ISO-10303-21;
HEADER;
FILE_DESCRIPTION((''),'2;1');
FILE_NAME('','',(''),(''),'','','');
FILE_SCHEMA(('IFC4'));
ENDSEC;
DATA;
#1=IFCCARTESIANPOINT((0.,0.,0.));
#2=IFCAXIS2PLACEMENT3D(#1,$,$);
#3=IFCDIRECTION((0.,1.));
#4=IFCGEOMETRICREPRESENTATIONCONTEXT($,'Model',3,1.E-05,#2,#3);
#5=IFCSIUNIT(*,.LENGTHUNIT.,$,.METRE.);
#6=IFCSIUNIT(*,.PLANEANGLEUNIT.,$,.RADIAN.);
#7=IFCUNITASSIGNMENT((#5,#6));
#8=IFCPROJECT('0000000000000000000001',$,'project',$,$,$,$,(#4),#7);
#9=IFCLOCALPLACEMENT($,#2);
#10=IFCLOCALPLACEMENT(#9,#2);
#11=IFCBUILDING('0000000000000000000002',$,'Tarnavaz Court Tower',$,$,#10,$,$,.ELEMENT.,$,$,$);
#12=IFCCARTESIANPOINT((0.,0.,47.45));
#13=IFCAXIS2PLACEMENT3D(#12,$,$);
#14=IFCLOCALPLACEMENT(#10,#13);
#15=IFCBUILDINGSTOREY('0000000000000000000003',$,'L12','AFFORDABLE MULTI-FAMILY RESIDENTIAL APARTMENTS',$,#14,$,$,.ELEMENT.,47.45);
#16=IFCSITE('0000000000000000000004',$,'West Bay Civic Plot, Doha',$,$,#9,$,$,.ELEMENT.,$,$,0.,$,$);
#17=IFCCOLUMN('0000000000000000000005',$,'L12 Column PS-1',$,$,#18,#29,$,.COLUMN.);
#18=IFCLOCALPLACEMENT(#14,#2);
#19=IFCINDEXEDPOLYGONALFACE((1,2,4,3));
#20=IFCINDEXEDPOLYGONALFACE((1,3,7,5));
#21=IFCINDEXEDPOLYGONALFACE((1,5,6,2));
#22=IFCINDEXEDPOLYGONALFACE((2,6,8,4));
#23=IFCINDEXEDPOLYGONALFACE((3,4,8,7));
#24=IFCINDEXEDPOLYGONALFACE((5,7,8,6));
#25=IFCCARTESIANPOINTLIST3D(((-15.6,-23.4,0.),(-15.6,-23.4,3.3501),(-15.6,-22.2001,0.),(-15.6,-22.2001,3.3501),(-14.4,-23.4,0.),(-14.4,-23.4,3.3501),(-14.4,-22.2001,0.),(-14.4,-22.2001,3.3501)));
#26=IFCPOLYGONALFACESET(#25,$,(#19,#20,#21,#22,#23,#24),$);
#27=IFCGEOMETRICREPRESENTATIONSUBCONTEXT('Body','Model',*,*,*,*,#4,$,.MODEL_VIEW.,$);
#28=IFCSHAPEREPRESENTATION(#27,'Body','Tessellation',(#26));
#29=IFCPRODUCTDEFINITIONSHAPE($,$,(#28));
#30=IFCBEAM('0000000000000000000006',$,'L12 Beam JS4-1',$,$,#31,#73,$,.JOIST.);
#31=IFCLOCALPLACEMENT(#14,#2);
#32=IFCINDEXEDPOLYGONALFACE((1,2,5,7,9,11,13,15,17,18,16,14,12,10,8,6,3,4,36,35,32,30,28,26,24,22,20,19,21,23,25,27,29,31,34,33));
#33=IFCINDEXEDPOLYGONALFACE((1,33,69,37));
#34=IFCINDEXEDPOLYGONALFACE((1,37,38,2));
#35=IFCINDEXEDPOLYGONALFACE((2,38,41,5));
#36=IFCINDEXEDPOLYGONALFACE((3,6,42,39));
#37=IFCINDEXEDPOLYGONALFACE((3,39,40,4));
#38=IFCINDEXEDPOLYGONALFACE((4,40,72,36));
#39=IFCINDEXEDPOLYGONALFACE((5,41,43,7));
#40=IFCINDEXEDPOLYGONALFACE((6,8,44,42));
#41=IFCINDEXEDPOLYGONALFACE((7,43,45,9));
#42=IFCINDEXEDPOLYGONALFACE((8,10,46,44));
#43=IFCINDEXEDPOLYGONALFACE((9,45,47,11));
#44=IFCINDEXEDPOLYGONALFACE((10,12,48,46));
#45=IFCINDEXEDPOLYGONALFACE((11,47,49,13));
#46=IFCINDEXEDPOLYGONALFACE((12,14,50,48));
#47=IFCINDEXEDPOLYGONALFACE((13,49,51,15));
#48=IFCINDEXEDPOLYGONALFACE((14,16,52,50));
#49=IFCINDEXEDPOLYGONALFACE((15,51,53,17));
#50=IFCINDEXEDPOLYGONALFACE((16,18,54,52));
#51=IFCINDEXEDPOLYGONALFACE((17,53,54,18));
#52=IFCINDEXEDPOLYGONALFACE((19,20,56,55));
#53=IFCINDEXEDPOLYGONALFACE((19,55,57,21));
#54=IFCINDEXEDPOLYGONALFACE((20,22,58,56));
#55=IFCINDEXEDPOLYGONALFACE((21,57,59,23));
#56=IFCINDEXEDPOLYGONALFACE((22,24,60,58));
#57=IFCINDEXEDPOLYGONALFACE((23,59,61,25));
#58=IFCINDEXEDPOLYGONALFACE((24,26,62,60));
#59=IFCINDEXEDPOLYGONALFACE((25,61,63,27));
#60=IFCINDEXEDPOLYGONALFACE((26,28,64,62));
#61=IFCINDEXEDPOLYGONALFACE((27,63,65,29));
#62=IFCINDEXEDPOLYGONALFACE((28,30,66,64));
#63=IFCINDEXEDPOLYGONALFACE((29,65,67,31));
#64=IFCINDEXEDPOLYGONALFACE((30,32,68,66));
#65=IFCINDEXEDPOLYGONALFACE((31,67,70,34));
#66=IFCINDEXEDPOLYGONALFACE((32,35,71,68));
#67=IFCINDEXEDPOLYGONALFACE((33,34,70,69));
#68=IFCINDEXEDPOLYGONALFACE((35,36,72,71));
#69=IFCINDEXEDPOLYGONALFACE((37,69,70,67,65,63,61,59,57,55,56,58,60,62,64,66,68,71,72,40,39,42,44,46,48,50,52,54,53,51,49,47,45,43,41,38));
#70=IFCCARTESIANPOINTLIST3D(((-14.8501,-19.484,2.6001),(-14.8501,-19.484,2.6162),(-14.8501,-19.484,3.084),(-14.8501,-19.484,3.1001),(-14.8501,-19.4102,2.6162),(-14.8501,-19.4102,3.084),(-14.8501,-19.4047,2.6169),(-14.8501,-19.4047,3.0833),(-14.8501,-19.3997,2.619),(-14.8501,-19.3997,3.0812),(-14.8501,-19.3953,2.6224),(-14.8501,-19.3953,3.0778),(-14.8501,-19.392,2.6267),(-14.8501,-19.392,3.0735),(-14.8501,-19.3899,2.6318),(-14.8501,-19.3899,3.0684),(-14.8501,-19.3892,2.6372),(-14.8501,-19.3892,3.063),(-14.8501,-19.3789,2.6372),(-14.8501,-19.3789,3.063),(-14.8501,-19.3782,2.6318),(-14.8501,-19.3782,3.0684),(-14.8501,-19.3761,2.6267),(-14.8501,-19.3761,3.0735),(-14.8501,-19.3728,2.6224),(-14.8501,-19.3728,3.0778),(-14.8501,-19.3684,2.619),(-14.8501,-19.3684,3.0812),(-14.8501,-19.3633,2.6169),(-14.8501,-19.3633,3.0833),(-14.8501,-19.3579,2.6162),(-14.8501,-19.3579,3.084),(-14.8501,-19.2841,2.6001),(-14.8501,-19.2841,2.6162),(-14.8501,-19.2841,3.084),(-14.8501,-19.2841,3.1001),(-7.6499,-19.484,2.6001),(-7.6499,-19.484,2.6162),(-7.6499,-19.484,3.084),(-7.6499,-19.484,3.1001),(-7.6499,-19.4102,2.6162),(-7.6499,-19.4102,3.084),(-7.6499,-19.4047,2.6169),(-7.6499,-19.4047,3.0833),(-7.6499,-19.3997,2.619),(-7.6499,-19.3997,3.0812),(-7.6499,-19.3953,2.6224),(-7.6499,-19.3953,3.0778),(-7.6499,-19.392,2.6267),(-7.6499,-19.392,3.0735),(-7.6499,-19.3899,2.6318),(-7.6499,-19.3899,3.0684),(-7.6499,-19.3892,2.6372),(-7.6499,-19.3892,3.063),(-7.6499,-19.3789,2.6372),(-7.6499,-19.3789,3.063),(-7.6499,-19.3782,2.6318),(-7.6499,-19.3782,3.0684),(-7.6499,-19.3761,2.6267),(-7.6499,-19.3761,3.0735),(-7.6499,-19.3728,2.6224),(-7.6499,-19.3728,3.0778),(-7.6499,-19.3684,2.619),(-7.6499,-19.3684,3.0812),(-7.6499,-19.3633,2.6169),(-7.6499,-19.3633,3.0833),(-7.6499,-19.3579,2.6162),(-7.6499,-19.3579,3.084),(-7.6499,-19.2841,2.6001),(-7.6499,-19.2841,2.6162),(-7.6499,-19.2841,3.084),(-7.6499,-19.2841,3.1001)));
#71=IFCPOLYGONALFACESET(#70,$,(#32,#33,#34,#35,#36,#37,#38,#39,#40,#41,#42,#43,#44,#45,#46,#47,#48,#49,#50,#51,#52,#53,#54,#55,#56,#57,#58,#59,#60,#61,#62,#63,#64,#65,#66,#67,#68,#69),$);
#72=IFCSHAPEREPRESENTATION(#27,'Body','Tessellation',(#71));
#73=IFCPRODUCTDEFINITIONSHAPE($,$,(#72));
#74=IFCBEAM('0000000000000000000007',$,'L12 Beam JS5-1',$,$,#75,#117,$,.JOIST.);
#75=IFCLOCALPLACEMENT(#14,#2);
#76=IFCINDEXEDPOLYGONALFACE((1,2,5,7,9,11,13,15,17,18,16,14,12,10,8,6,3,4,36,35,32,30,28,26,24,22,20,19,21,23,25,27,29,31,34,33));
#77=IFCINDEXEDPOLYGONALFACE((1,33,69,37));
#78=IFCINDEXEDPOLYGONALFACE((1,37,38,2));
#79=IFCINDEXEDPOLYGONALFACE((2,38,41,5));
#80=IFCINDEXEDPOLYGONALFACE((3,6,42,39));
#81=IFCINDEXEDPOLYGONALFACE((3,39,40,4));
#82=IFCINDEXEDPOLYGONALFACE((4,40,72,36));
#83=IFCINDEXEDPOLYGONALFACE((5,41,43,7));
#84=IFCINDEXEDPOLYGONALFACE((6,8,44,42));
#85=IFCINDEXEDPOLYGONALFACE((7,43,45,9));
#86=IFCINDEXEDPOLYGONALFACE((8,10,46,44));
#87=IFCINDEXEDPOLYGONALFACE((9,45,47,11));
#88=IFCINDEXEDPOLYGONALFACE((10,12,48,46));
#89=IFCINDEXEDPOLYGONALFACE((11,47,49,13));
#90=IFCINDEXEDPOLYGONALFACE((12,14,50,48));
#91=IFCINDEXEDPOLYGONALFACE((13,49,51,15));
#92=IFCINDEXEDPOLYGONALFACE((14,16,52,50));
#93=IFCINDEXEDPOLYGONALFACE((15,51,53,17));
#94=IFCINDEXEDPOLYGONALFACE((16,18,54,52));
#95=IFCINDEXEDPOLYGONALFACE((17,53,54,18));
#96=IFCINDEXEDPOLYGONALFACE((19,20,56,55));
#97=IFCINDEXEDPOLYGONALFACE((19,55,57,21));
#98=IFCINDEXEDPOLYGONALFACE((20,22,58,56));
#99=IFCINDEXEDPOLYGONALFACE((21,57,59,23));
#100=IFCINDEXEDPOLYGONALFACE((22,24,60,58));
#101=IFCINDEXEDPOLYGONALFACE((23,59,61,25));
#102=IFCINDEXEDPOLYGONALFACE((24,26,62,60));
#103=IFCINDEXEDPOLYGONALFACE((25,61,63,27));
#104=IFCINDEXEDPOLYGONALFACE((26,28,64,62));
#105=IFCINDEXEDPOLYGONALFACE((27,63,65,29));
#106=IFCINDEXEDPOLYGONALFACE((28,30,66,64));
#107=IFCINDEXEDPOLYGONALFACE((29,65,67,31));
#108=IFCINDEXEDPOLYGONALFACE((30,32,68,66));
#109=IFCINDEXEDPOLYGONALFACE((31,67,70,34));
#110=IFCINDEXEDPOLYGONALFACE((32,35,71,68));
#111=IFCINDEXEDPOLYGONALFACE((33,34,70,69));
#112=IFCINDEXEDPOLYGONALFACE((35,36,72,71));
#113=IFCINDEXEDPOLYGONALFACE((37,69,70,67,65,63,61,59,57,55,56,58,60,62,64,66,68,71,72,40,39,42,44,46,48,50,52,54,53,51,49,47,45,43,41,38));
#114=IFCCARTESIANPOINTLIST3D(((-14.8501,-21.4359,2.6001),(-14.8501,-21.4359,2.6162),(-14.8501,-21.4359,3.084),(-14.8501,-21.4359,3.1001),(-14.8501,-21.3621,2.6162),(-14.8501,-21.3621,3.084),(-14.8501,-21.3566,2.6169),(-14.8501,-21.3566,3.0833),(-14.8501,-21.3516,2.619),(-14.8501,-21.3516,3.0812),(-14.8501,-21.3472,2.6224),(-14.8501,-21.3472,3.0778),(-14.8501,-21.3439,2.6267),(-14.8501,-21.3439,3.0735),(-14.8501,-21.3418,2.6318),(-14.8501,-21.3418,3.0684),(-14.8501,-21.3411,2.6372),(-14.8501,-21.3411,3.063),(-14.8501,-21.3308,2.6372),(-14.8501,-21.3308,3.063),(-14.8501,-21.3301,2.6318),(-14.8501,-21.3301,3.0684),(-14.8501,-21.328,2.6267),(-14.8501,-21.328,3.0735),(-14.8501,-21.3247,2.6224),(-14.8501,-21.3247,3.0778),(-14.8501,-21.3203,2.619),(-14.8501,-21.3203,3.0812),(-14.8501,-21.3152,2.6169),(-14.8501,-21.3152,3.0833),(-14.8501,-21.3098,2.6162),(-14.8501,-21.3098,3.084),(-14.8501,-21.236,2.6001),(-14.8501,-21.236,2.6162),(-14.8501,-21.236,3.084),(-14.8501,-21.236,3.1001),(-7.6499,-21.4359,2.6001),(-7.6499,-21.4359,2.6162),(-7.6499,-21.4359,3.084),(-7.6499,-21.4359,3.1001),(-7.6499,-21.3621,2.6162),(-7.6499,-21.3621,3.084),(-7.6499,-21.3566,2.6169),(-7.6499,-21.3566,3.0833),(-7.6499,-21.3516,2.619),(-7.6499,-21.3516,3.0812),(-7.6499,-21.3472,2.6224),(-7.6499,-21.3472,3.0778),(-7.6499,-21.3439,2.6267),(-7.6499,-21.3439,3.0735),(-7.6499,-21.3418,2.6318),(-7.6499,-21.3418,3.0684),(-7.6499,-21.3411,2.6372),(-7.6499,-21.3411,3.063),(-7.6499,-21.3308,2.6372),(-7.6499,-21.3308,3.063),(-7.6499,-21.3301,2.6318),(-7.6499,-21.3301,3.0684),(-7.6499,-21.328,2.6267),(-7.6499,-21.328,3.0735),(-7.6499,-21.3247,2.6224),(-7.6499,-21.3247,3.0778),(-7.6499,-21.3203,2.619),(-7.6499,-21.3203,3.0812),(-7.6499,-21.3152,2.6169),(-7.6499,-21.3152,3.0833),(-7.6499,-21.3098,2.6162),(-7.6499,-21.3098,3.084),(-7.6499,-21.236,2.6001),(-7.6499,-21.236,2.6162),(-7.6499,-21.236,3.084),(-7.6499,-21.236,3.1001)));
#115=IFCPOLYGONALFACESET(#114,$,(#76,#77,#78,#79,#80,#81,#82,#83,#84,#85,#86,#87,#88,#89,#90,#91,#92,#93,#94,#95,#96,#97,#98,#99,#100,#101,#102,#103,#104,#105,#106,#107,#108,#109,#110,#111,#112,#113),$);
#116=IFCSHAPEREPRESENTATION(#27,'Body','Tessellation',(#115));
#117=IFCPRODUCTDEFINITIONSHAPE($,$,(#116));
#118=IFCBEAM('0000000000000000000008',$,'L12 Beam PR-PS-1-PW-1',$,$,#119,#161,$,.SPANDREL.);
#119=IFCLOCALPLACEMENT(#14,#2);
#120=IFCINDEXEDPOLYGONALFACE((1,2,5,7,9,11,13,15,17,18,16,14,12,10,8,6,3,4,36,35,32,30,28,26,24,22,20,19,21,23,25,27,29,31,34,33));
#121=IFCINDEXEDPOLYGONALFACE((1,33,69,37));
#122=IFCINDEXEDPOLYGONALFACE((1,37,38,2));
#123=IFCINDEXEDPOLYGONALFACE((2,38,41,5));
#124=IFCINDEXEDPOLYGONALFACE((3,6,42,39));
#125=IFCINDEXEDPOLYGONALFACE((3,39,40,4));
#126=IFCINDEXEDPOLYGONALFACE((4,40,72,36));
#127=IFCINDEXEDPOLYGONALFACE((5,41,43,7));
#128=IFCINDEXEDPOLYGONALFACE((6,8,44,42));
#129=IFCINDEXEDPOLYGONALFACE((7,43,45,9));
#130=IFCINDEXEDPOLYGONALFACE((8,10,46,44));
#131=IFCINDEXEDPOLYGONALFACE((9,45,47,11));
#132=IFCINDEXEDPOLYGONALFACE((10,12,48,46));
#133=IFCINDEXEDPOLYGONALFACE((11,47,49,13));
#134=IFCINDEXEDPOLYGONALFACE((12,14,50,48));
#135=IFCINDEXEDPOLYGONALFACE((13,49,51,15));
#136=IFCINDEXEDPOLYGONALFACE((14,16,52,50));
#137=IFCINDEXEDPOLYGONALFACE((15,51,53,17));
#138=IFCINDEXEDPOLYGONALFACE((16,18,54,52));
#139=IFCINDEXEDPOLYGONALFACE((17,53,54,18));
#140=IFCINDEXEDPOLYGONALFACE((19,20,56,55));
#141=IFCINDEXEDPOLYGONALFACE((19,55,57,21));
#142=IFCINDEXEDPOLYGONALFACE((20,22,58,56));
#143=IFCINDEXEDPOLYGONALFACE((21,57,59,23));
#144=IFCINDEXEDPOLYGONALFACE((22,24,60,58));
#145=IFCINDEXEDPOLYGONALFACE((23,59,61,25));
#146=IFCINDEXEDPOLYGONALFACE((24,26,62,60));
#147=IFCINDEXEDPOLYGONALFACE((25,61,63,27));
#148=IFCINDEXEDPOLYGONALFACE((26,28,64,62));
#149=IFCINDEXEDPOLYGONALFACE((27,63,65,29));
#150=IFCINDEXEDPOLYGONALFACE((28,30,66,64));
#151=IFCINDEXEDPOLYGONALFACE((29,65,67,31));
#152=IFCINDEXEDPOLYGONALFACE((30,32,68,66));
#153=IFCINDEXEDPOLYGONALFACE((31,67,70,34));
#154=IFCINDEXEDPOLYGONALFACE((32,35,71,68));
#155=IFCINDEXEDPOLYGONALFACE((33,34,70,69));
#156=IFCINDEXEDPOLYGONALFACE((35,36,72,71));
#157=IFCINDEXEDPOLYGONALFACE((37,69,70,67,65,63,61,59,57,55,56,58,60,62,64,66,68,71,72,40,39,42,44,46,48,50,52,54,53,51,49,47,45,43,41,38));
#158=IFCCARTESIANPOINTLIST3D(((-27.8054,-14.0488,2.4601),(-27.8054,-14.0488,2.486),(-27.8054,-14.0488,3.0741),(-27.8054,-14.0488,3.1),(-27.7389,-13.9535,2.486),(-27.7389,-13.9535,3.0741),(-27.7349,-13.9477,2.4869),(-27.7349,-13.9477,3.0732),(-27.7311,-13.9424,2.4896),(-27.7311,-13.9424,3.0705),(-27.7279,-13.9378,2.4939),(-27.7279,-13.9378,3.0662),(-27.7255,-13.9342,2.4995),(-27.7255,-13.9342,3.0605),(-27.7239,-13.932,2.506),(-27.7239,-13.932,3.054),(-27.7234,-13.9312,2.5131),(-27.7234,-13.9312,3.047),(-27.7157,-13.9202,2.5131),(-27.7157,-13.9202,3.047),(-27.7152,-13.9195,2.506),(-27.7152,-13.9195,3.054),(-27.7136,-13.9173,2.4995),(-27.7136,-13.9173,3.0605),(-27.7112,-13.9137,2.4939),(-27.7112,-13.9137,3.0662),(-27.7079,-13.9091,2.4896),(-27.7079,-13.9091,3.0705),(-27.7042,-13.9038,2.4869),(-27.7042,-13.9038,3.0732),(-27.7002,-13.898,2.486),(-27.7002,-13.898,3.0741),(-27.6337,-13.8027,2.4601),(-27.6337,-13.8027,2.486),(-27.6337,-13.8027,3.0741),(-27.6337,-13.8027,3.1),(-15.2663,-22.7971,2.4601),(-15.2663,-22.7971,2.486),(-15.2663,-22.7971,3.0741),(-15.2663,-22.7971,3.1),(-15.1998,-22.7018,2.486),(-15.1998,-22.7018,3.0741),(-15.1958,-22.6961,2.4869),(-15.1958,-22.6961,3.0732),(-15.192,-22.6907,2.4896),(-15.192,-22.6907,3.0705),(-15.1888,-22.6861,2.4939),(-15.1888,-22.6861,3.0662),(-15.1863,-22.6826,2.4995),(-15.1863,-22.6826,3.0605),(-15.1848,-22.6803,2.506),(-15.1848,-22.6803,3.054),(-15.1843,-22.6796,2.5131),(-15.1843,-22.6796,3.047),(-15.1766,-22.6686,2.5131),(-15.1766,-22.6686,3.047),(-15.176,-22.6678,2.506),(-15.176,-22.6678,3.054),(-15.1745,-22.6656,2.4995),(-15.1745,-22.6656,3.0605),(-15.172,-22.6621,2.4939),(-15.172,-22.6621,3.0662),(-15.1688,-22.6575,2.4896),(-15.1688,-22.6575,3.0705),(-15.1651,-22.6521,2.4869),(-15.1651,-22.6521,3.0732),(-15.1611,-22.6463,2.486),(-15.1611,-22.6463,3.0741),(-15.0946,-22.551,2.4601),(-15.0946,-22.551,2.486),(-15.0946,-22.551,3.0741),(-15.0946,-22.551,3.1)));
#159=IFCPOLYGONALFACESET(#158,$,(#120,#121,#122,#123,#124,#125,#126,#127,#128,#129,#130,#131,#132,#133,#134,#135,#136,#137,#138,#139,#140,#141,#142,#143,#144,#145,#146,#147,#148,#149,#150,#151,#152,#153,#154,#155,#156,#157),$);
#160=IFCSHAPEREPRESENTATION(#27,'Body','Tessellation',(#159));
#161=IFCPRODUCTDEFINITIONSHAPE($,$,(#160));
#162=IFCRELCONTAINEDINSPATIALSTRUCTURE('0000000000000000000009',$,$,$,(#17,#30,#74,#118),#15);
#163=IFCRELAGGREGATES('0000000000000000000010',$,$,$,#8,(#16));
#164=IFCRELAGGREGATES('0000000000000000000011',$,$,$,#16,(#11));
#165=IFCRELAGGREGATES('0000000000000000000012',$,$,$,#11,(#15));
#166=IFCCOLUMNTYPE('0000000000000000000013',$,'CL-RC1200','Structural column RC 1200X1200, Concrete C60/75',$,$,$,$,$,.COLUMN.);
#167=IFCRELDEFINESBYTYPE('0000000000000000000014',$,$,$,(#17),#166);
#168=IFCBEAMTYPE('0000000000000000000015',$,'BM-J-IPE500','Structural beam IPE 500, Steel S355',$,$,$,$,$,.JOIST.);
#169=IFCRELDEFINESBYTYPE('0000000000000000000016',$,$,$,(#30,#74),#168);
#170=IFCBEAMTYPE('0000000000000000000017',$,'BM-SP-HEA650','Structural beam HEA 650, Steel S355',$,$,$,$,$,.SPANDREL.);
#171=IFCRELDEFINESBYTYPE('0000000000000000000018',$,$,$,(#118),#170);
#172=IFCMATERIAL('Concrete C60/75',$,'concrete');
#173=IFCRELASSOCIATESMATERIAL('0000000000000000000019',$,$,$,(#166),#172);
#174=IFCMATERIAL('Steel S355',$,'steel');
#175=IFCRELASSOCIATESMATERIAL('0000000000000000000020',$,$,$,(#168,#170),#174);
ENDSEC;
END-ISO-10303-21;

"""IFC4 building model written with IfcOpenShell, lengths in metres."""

from ifc_helpers import new_model, si_unit, direction, frame, origin, origin_2d, place, context, subcontext, project, spatial, rectangle, i_section, extrude, material, material_profile, profile_set, type_object, element, save


model = new_model("IFC4")

# Units and contexts
model_context = context("Model", 3, precision=1e-05, world=origin(), true_north=direction((0.0, 1.0)))
body_context = subcontext(model_context, "Body", "Model", "MODEL_VIEW")
ifc_project = project(units=[si_unit("LENGTHUNIT", "METRE"), si_unit("PLANEANGLEUNIT", "RADIAN")], contexts=[model_context])

# Site, building, storey
site_placement = place(None, origin())
site = spatial("IfcSite", under=ifc_project, at=site_placement, Name="West Bay Civic Plot, Doha", CompositionType="ELEMENT", RefElevation=0.0)
building_placement = place(site_placement, origin())
building = spatial("IfcBuilding", under=site, at=building_placement, Name="Tarnavaz Court Tower", CompositionType="ELEMENT")
storey_placement = place(building_placement, frame((0.0, 0.0, 47.45)))
storey = spatial("IfcBuildingStorey", under=building, at=storey_placement, Name="L12", Description="AFFORDABLE MULTI-FAMILY RESIDENTIAL APARTMENTS", CompositionType="ELEMENT", Elevation=47.45)

# Column
ifc_material_1 = material(Name="Concrete C60/75", Category="concrete")
ifc_material_profile_1 = material_profile(ifc_material_1, rectangle(XDim=1.2, YDim=1.2, at=origin_2d()), Name="RC 1200X1200")
ifc_profile_set_1 = profile_set([ifc_material_profile_1], Name="Concrete C60/75")
column_type = type_object("IfcColumnType", Name="CL-RC1200", Description="Structural column RC 1200X1200, Concrete C60/75", PredefinedType="COLUMN", material=ifc_profile_set_1)
column_placement = place(storey_placement, frame((-15.0, -22.8, 0.0), z_axis=(0.0, 0.0, 1.0), x_axis=(1.0, 0.0, 0.0)))
element("IfcColumn", 1, at=column_placement, inside=storey, type_object=column_type, Name="L12 Column PS-1", PredefinedType="COLUMN", context=body_context, shape_type="SweptSolid", body=[
    extrude(rectangle(XDim=1.2, YDim=1.2, at=origin_2d()), origin(), (0.0, 0.0, 1.0), 3.3501),
])

# Beams
ifc_material_2 = material(Name="Steel S355", Category="steel")
ifc_material_profile_2 = material_profile(ifc_material_2, i_section(OverallWidth=0.2, OverallDepth=0.5, WebThickness=0.0103, FlangeThickness=0.0161, FilletRadius=0.021, at=origin_2d()), Name="IPE 500")
ifc_profile_set_2 = profile_set([ifc_material_profile_2], Name="Steel S355")
beam_type_1 = type_object("IfcBeamType", Name="BM-J-IPE500", Description="Structural beam IPE 500, Steel S355", PredefinedType="JOIST", material=ifc_profile_set_2)
for number, where, z_axis, x_axis, name in (
    (2, (-14.8501, -19.384, 2.8501), (1.0, 0.0, 0.0), (0.0, 1.0, 0.0), "L12 Beam JS4-1"),
    (3, (-14.8501, -21.3359, 2.8501), (1.0, 0.0, 0.0), (0.0, 1.0, 0.0), "L12 Beam JS5-1"),
):
    element("IfcBeam", number, at=place(storey_placement, frame(where, z_axis=z_axis, x_axis=x_axis)), inside=storey, type_object=beam_type_1, Name=name, PredefinedType="JOIST", context=body_context, shape_type="SweptSolid", body=[
        extrude(i_section(OverallWidth=0.2, OverallDepth=0.5, WebThickness=0.0103, FlangeThickness=0.0161, FilletRadius=0.021, at=origin_2d()), origin(), (0.0, 0.0, 1.0), 7.2002),
    ])
ifc_material_profile_3 = material_profile(ifc_material_2, i_section(OverallWidth=0.3, OverallDepth=0.6399, WebThickness=0.0134, FlangeThickness=0.0259, FilletRadius=0.0271, at=origin_2d()), Name="HEA 650")
ifc_profile_set_3 = profile_set([ifc_material_profile_3], Name="Steel S355")
beam_type_2 = type_object("IfcBeamType", Name="BM-SP-HEA650", Description="Structural beam HEA 650, Steel S355", PredefinedType="SPANDREL", material=ifc_profile_set_3)
beam_placement = place(storey_placement, frame((-15.1804, -22.6741, 2.78), z_axis=(-0.820124, 0.572186, 0.0), x_axis=(-0.572186, -0.820124, 0.0)))
element("IfcBeam", 4, at=beam_placement, inside=storey, type_object=beam_type_2, Name="L12 Beam PR-PS-1-PW-1", PredefinedType="SPANDREL", context=body_context, shape_type="SweptSolid", body=[
    extrude(i_section(OverallWidth=0.3, OverallDepth=0.6399, WebThickness=0.0134, FlangeThickness=0.0259, FilletRadius=0.0271, at=origin_2d()), origin(), (0.0, 0.0, 1.0), 15.2893),
])

save(model, "model.ifc")
